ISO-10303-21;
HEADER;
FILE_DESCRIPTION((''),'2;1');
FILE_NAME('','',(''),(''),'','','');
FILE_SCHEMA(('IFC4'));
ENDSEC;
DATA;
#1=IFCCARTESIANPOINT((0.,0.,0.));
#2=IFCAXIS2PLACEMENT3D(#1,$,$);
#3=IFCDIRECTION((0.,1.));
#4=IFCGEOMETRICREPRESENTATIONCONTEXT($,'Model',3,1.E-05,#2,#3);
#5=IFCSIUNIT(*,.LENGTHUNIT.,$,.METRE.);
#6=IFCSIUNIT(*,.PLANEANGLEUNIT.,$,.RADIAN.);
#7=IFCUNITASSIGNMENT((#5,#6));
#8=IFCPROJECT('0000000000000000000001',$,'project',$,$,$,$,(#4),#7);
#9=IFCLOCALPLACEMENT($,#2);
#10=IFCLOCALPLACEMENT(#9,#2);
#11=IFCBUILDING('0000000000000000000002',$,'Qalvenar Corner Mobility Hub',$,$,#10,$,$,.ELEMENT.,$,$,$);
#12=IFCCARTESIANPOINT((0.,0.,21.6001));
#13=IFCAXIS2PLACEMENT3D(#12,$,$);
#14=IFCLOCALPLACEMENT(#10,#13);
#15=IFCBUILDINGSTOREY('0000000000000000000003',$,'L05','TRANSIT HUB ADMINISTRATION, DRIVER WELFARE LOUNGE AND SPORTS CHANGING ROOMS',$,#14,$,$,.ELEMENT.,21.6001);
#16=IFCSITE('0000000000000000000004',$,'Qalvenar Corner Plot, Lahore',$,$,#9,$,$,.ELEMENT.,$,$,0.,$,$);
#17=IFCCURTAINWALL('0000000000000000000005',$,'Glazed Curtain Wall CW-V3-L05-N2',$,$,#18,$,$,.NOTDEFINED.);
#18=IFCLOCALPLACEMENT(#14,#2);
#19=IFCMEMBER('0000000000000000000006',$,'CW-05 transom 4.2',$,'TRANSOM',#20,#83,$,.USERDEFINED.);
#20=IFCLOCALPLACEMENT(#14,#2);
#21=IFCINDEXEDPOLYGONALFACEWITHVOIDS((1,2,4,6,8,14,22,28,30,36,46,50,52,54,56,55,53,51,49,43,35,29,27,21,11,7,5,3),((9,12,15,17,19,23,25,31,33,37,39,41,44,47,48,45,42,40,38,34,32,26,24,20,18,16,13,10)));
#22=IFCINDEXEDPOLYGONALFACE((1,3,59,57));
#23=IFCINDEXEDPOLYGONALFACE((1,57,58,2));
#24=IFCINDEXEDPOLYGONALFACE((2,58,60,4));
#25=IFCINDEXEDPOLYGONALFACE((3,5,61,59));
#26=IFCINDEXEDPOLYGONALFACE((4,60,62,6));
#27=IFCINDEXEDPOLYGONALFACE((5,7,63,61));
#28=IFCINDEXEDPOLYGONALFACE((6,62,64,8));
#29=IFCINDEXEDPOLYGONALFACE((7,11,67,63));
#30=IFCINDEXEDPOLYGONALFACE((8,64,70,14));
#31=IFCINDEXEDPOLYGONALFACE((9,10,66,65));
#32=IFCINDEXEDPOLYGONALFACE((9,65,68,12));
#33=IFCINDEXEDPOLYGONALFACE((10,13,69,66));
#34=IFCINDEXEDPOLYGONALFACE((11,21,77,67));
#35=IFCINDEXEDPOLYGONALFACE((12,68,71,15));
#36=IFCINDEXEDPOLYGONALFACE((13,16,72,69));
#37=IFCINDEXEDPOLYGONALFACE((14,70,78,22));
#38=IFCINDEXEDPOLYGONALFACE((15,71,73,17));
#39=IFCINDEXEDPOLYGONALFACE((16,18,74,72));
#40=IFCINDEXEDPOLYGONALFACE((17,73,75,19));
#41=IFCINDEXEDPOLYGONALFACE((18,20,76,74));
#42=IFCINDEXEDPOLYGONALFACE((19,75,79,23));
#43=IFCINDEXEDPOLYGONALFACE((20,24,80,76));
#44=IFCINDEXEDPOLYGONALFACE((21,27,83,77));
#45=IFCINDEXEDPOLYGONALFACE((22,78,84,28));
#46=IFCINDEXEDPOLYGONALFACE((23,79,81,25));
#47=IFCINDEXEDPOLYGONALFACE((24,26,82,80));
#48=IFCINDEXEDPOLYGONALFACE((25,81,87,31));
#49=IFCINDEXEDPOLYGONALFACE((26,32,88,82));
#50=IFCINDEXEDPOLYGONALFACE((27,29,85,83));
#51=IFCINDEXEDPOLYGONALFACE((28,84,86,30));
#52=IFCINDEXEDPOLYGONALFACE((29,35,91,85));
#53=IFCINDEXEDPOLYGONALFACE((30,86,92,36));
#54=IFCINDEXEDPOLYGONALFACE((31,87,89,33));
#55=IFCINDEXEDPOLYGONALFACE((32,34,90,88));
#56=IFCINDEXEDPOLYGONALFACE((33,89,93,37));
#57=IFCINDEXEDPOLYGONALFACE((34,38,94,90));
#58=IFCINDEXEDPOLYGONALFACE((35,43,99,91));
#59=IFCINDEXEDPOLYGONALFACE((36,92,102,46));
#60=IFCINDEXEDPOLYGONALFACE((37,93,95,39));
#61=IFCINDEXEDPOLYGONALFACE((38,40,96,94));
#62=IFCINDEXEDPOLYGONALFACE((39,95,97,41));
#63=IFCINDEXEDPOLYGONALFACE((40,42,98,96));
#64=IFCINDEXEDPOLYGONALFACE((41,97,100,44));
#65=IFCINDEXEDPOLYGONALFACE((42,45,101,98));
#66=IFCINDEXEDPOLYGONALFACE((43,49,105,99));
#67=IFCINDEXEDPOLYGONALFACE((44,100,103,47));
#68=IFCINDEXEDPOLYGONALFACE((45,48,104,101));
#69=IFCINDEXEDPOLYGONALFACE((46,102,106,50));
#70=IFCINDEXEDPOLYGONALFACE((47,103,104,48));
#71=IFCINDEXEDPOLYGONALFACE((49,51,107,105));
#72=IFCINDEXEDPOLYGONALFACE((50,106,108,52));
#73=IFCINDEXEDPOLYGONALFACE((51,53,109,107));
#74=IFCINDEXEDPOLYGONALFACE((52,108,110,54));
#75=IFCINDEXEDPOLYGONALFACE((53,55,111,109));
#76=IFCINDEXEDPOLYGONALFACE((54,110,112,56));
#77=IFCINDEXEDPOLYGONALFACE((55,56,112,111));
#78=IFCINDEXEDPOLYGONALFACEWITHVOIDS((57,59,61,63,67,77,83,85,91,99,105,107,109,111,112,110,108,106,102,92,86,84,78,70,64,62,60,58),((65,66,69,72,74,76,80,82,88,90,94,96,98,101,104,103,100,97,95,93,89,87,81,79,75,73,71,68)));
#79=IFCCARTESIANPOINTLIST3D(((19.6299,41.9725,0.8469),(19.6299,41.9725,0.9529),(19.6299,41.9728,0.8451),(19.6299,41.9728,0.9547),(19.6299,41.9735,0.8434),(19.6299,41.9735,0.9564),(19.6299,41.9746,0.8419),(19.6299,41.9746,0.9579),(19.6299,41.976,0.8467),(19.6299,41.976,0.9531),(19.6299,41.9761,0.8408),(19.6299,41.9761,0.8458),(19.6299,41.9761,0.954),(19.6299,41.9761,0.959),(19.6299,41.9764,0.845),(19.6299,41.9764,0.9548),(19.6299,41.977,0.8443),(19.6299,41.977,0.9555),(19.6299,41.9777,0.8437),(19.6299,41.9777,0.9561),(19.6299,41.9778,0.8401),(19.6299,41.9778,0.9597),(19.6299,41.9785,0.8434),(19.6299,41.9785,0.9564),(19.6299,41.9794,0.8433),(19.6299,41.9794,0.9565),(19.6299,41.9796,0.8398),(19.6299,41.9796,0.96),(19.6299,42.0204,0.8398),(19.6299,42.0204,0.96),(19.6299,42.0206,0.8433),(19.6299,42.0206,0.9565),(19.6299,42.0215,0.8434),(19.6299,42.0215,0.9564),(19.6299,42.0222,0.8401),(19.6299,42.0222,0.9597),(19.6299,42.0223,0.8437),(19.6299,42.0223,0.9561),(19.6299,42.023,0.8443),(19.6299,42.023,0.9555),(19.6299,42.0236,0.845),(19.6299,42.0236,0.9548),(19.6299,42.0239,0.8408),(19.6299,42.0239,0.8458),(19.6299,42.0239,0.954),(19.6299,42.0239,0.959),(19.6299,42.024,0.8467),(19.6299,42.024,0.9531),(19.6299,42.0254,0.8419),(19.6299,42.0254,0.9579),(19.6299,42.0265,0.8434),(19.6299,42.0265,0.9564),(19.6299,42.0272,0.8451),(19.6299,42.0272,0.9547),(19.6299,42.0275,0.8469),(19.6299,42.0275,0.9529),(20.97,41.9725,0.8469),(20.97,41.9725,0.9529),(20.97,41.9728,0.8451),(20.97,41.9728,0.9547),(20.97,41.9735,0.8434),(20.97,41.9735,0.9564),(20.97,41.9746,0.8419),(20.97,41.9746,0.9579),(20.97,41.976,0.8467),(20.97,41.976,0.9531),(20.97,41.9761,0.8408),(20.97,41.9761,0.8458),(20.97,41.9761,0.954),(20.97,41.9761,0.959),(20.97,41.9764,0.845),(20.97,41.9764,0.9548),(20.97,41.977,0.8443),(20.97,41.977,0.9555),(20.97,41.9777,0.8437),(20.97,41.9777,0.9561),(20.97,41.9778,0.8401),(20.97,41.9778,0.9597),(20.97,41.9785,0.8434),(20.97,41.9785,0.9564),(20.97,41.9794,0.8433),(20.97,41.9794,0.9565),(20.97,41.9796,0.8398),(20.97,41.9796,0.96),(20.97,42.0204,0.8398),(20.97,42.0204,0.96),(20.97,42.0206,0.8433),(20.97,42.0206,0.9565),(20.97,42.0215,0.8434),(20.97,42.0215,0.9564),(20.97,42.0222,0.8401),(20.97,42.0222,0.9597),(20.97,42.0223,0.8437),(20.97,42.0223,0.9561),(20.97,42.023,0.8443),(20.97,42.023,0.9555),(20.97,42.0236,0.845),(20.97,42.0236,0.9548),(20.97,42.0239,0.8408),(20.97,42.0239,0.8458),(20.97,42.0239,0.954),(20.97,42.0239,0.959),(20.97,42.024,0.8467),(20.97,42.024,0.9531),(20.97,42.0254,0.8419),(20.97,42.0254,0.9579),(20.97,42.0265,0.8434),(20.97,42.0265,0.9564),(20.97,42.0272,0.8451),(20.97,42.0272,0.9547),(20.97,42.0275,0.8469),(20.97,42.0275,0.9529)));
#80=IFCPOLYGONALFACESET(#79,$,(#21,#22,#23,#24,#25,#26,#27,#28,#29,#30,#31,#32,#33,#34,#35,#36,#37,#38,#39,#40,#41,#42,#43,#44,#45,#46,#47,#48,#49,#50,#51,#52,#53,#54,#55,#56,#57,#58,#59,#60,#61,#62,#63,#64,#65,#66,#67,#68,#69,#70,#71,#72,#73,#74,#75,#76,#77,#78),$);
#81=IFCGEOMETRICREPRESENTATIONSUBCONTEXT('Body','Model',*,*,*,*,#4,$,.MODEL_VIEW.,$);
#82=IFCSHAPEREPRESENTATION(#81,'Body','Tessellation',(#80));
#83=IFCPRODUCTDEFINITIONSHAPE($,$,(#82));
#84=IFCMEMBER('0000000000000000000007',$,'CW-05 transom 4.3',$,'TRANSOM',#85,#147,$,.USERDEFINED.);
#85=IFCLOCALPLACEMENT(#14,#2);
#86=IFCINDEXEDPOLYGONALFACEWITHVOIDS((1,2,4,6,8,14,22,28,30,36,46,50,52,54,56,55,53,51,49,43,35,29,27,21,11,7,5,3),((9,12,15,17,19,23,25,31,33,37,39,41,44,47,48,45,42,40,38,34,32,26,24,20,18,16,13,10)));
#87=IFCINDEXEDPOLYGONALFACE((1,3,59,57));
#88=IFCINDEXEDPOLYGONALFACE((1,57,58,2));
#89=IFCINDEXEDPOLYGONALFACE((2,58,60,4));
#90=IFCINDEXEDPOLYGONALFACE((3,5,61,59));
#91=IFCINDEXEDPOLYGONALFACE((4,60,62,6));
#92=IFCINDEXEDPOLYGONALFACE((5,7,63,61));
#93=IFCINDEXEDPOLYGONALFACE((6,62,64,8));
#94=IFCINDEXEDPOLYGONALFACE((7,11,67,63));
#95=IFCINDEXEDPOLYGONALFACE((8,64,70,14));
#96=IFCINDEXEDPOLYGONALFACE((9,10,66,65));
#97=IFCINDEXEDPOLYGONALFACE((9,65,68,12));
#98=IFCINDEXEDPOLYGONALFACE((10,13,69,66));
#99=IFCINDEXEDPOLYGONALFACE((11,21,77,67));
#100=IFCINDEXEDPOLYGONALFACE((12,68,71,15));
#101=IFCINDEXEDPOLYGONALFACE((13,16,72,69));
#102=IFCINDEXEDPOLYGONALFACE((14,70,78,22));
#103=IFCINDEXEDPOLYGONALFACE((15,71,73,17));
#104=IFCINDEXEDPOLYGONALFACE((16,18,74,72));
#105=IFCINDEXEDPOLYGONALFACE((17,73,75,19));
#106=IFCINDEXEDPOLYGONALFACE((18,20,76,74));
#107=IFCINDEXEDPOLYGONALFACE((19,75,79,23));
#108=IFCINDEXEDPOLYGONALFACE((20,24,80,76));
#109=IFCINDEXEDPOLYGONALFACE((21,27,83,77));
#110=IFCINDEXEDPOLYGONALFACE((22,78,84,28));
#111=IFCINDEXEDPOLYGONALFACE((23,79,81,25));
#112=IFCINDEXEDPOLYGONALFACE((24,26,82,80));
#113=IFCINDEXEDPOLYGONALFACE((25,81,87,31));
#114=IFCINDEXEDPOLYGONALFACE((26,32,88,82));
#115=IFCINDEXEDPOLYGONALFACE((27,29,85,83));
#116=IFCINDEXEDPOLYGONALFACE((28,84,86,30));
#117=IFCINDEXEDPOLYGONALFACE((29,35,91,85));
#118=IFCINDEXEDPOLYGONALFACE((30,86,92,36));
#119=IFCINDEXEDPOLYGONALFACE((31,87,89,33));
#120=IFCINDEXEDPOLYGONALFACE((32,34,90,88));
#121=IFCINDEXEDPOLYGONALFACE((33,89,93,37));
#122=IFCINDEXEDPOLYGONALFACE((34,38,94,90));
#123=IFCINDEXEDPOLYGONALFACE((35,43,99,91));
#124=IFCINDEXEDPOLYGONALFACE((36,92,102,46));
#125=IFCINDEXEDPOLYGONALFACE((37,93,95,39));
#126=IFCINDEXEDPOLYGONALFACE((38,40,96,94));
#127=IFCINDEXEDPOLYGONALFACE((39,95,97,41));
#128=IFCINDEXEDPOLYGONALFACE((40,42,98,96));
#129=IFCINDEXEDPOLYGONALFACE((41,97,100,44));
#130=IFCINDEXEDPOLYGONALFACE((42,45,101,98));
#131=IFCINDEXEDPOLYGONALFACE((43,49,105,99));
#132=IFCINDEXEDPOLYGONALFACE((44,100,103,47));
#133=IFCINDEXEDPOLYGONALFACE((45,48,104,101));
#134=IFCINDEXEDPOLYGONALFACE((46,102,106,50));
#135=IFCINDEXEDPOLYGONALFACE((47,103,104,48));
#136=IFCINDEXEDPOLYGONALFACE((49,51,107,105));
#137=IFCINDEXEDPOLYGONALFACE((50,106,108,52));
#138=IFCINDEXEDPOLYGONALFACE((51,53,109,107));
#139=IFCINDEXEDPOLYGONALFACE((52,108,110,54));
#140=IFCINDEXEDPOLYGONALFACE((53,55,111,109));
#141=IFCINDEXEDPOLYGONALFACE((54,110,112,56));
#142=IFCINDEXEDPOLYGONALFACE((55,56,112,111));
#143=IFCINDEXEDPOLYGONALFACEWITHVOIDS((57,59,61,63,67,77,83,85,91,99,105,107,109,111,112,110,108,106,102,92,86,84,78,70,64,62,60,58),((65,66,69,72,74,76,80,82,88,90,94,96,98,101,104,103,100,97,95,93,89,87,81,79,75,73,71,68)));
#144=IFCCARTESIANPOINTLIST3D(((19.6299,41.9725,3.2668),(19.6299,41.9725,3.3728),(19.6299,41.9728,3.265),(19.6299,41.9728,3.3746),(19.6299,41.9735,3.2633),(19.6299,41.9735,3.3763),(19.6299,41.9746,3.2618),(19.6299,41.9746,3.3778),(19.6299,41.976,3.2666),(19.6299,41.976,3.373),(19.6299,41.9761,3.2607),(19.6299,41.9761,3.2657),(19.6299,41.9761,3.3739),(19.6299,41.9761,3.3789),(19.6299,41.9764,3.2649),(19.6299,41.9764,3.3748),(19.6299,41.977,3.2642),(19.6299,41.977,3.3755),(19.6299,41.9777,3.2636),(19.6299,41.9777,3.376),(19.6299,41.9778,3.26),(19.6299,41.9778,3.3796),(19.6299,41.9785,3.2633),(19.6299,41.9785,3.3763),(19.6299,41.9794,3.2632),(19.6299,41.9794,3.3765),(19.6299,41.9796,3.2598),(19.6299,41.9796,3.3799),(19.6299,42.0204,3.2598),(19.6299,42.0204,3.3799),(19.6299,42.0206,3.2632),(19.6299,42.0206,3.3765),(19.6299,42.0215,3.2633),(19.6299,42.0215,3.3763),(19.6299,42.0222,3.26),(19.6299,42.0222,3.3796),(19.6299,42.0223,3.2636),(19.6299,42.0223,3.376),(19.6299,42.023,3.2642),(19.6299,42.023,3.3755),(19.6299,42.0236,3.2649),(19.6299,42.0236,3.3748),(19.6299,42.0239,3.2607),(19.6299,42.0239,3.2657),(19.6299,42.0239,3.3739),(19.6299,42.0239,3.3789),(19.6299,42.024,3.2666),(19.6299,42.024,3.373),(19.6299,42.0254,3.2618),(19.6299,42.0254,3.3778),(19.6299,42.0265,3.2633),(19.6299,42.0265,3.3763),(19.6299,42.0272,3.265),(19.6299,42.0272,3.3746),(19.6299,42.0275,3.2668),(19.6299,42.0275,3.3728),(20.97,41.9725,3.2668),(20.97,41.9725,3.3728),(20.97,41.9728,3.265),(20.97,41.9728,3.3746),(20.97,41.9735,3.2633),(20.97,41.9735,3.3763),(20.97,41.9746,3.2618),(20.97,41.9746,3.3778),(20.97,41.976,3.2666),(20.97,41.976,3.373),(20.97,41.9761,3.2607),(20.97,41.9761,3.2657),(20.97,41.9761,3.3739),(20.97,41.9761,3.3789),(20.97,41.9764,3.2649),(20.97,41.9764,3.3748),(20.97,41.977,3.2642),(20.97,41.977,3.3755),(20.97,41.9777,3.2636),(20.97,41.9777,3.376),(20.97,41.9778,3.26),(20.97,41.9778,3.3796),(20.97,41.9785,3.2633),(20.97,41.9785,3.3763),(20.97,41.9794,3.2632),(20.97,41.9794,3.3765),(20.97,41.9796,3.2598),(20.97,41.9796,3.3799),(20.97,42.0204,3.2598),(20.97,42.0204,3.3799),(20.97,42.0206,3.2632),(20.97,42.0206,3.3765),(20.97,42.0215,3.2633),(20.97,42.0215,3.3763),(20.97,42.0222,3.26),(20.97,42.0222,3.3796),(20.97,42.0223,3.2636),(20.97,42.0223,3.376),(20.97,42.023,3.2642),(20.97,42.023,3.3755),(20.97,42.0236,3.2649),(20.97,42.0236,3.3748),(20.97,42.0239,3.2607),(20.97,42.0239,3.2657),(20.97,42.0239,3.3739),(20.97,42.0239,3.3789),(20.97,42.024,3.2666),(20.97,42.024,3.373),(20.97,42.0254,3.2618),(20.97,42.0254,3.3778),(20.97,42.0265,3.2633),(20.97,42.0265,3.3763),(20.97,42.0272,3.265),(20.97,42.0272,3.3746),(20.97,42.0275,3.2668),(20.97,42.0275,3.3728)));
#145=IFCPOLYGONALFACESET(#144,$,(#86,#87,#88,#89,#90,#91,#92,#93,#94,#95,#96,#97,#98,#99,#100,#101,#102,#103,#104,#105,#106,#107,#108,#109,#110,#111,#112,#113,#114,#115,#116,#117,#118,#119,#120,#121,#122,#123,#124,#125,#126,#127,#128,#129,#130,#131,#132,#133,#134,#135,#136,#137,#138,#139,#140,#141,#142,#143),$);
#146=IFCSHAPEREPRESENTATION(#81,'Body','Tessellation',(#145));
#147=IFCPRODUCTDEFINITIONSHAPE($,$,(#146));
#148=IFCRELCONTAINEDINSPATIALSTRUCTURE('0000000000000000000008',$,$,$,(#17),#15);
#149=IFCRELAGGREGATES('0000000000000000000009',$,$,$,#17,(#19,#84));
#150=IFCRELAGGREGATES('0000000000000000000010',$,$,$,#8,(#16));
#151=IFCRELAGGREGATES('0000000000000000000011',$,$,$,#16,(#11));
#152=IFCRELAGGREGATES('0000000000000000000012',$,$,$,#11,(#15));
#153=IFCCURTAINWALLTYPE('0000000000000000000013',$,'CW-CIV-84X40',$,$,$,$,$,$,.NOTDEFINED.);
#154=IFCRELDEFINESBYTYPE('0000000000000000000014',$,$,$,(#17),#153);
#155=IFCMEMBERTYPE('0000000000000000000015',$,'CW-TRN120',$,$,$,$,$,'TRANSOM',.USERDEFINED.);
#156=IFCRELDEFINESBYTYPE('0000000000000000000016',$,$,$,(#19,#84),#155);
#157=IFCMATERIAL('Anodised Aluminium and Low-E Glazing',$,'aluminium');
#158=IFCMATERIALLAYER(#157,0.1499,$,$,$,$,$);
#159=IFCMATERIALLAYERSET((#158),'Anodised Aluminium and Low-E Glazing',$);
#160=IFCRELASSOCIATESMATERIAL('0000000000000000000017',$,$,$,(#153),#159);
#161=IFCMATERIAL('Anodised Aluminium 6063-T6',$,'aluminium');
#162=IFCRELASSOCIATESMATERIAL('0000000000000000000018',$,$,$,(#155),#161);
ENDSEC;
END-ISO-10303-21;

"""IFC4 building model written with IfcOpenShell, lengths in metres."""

from ifc_helpers import new_model, si_unit, direction, frame, origin, origin_2d, place, context, subcontext, project, spatial, hollow_rectangle, extrude, material, layer, layer_set, material_profile, profile_set, type_object, element, aggregate, save


model = new_model("IFC4")

# Units and contexts
model_context = context("Model", 3, precision=1e-05, world=origin(), true_north=direction((0.0, 1.0)))
body_context = subcontext(model_context, "Body", "Model", "MODEL_VIEW")
ifc_project = project(units=[si_unit("LENGTHUNIT", "METRE"), si_unit("PLANEANGLEUNIT", "RADIAN")], contexts=[model_context])

# Site, building, storey
site_placement = place(None, origin())
site = spatial("IfcSite", under=ifc_project, at=site_placement, Name="Qalvenar Corner Plot, Lahore", CompositionType="ELEMENT", RefElevation=0.0)
building_placement = place(site_placement, origin())
building = spatial("IfcBuilding", under=site, at=building_placement, Name="Qalvenar Corner Mobility Hub", CompositionType="ELEMENT")
storey_placement = place(building_placement, frame((0.0, 0.0, 21.6001)))
storey = spatial("IfcBuildingStorey", under=building, at=storey_placement, Name="L05", Description="TRANSIT HUB ADMINISTRATION, DRIVER WELFARE LOUNGE AND SPORTS CHANGING ROOMS", CompositionType="ELEMENT", Elevation=21.6001)

# Curtain wall, members
ifc_material_1 = material(Name="Anodised Aluminium and Low-E Glazing", Category="aluminium")
ifc_layer_1 = layer(ifc_material_1, 0.1499)
ifc_layer_set_1 = layer_set([ifc_layer_1], Name="Anodised Aluminium and Low-E Glazing")
curtain_wall_type = type_object("IfcCurtainWallType", Name="CW-CIV-84X40", PredefinedType="NOTDEFINED", material=ifc_layer_set_1)
curtain_wall_placement = place(storey_placement, origin())
curtain_wall = element("IfcCurtainWall", 1, at=curtain_wall_placement, inside=storey, type_object=curtain_wall_type, Name="Glazed Curtain Wall CW-V3-L05-N2", PredefinedType="NOTDEFINED")
ifc_material_2 = material(Name="Anodised Aluminium 6063-T6", Category="aluminium")
ifc_material_profile_1 = material_profile(ifc_material_2, hollow_rectangle(XDim=0.0549, YDim=0.1201, WallThickness=0.0034, InnerFilletRadius=0.0034, OuterFilletRadius=0.0071, at=origin_2d()), Name="RHS120x55x3.5")
ifc_profile_set_1 = profile_set([ifc_material_profile_1], Name="Anodised Aluminium 6063-T6")
member_type_1 = type_object("IfcMemberType", Name="CW-TRN120", ElementType="TRANSOM", PredefinedType="USERDEFINED", material=ifc_profile_set_1)
member_1_placement = place(storey_placement, frame((20.97, 42.0, 0.8999), z_axis=(-1.0, 0.0, 0.0), x_axis=(0.0, -1.0, 0.0)))
member_1 = element("IfcMember", 2, at=member_1_placement, type_object=member_type_1, Name="CW-05 transom 4.2", ObjectType="TRANSOM", PredefinedType="USERDEFINED", context=body_context, shape_type="SweptSolid", body=[
    extrude(hollow_rectangle(XDim=0.0549, YDim=0.1201, WallThickness=0.0034, InnerFilletRadius=0.0034, OuterFilletRadius=0.0071, at=origin_2d()), origin(), (0.0, 0.0, 1.0), 1.3401),
])
member_2_placement = place(storey_placement, frame((20.97, 42.0, 3.3198), z_axis=(-1.0, 0.0, 0.0), x_axis=(0.0, -1.0, 0.0)))
member_2 = element("IfcMember", 3, at=member_2_placement, type_object=member_type_1, Name="CW-05 transom 4.3", ObjectType="TRANSOM", PredefinedType="USERDEFINED", context=body_context, shape_type="SweptSolid", body=[
    extrude(hollow_rectangle(XDim=0.0549, YDim=0.1201, WallThickness=0.0034, InnerFilletRadius=0.0034, OuterFilletRadius=0.0071, at=origin_2d()), origin(), (0.0, 0.0, 1.0), 1.3401),
])
aggregate(curtain_wall, [member_1, member_2])

save(model, "model.ifc")
